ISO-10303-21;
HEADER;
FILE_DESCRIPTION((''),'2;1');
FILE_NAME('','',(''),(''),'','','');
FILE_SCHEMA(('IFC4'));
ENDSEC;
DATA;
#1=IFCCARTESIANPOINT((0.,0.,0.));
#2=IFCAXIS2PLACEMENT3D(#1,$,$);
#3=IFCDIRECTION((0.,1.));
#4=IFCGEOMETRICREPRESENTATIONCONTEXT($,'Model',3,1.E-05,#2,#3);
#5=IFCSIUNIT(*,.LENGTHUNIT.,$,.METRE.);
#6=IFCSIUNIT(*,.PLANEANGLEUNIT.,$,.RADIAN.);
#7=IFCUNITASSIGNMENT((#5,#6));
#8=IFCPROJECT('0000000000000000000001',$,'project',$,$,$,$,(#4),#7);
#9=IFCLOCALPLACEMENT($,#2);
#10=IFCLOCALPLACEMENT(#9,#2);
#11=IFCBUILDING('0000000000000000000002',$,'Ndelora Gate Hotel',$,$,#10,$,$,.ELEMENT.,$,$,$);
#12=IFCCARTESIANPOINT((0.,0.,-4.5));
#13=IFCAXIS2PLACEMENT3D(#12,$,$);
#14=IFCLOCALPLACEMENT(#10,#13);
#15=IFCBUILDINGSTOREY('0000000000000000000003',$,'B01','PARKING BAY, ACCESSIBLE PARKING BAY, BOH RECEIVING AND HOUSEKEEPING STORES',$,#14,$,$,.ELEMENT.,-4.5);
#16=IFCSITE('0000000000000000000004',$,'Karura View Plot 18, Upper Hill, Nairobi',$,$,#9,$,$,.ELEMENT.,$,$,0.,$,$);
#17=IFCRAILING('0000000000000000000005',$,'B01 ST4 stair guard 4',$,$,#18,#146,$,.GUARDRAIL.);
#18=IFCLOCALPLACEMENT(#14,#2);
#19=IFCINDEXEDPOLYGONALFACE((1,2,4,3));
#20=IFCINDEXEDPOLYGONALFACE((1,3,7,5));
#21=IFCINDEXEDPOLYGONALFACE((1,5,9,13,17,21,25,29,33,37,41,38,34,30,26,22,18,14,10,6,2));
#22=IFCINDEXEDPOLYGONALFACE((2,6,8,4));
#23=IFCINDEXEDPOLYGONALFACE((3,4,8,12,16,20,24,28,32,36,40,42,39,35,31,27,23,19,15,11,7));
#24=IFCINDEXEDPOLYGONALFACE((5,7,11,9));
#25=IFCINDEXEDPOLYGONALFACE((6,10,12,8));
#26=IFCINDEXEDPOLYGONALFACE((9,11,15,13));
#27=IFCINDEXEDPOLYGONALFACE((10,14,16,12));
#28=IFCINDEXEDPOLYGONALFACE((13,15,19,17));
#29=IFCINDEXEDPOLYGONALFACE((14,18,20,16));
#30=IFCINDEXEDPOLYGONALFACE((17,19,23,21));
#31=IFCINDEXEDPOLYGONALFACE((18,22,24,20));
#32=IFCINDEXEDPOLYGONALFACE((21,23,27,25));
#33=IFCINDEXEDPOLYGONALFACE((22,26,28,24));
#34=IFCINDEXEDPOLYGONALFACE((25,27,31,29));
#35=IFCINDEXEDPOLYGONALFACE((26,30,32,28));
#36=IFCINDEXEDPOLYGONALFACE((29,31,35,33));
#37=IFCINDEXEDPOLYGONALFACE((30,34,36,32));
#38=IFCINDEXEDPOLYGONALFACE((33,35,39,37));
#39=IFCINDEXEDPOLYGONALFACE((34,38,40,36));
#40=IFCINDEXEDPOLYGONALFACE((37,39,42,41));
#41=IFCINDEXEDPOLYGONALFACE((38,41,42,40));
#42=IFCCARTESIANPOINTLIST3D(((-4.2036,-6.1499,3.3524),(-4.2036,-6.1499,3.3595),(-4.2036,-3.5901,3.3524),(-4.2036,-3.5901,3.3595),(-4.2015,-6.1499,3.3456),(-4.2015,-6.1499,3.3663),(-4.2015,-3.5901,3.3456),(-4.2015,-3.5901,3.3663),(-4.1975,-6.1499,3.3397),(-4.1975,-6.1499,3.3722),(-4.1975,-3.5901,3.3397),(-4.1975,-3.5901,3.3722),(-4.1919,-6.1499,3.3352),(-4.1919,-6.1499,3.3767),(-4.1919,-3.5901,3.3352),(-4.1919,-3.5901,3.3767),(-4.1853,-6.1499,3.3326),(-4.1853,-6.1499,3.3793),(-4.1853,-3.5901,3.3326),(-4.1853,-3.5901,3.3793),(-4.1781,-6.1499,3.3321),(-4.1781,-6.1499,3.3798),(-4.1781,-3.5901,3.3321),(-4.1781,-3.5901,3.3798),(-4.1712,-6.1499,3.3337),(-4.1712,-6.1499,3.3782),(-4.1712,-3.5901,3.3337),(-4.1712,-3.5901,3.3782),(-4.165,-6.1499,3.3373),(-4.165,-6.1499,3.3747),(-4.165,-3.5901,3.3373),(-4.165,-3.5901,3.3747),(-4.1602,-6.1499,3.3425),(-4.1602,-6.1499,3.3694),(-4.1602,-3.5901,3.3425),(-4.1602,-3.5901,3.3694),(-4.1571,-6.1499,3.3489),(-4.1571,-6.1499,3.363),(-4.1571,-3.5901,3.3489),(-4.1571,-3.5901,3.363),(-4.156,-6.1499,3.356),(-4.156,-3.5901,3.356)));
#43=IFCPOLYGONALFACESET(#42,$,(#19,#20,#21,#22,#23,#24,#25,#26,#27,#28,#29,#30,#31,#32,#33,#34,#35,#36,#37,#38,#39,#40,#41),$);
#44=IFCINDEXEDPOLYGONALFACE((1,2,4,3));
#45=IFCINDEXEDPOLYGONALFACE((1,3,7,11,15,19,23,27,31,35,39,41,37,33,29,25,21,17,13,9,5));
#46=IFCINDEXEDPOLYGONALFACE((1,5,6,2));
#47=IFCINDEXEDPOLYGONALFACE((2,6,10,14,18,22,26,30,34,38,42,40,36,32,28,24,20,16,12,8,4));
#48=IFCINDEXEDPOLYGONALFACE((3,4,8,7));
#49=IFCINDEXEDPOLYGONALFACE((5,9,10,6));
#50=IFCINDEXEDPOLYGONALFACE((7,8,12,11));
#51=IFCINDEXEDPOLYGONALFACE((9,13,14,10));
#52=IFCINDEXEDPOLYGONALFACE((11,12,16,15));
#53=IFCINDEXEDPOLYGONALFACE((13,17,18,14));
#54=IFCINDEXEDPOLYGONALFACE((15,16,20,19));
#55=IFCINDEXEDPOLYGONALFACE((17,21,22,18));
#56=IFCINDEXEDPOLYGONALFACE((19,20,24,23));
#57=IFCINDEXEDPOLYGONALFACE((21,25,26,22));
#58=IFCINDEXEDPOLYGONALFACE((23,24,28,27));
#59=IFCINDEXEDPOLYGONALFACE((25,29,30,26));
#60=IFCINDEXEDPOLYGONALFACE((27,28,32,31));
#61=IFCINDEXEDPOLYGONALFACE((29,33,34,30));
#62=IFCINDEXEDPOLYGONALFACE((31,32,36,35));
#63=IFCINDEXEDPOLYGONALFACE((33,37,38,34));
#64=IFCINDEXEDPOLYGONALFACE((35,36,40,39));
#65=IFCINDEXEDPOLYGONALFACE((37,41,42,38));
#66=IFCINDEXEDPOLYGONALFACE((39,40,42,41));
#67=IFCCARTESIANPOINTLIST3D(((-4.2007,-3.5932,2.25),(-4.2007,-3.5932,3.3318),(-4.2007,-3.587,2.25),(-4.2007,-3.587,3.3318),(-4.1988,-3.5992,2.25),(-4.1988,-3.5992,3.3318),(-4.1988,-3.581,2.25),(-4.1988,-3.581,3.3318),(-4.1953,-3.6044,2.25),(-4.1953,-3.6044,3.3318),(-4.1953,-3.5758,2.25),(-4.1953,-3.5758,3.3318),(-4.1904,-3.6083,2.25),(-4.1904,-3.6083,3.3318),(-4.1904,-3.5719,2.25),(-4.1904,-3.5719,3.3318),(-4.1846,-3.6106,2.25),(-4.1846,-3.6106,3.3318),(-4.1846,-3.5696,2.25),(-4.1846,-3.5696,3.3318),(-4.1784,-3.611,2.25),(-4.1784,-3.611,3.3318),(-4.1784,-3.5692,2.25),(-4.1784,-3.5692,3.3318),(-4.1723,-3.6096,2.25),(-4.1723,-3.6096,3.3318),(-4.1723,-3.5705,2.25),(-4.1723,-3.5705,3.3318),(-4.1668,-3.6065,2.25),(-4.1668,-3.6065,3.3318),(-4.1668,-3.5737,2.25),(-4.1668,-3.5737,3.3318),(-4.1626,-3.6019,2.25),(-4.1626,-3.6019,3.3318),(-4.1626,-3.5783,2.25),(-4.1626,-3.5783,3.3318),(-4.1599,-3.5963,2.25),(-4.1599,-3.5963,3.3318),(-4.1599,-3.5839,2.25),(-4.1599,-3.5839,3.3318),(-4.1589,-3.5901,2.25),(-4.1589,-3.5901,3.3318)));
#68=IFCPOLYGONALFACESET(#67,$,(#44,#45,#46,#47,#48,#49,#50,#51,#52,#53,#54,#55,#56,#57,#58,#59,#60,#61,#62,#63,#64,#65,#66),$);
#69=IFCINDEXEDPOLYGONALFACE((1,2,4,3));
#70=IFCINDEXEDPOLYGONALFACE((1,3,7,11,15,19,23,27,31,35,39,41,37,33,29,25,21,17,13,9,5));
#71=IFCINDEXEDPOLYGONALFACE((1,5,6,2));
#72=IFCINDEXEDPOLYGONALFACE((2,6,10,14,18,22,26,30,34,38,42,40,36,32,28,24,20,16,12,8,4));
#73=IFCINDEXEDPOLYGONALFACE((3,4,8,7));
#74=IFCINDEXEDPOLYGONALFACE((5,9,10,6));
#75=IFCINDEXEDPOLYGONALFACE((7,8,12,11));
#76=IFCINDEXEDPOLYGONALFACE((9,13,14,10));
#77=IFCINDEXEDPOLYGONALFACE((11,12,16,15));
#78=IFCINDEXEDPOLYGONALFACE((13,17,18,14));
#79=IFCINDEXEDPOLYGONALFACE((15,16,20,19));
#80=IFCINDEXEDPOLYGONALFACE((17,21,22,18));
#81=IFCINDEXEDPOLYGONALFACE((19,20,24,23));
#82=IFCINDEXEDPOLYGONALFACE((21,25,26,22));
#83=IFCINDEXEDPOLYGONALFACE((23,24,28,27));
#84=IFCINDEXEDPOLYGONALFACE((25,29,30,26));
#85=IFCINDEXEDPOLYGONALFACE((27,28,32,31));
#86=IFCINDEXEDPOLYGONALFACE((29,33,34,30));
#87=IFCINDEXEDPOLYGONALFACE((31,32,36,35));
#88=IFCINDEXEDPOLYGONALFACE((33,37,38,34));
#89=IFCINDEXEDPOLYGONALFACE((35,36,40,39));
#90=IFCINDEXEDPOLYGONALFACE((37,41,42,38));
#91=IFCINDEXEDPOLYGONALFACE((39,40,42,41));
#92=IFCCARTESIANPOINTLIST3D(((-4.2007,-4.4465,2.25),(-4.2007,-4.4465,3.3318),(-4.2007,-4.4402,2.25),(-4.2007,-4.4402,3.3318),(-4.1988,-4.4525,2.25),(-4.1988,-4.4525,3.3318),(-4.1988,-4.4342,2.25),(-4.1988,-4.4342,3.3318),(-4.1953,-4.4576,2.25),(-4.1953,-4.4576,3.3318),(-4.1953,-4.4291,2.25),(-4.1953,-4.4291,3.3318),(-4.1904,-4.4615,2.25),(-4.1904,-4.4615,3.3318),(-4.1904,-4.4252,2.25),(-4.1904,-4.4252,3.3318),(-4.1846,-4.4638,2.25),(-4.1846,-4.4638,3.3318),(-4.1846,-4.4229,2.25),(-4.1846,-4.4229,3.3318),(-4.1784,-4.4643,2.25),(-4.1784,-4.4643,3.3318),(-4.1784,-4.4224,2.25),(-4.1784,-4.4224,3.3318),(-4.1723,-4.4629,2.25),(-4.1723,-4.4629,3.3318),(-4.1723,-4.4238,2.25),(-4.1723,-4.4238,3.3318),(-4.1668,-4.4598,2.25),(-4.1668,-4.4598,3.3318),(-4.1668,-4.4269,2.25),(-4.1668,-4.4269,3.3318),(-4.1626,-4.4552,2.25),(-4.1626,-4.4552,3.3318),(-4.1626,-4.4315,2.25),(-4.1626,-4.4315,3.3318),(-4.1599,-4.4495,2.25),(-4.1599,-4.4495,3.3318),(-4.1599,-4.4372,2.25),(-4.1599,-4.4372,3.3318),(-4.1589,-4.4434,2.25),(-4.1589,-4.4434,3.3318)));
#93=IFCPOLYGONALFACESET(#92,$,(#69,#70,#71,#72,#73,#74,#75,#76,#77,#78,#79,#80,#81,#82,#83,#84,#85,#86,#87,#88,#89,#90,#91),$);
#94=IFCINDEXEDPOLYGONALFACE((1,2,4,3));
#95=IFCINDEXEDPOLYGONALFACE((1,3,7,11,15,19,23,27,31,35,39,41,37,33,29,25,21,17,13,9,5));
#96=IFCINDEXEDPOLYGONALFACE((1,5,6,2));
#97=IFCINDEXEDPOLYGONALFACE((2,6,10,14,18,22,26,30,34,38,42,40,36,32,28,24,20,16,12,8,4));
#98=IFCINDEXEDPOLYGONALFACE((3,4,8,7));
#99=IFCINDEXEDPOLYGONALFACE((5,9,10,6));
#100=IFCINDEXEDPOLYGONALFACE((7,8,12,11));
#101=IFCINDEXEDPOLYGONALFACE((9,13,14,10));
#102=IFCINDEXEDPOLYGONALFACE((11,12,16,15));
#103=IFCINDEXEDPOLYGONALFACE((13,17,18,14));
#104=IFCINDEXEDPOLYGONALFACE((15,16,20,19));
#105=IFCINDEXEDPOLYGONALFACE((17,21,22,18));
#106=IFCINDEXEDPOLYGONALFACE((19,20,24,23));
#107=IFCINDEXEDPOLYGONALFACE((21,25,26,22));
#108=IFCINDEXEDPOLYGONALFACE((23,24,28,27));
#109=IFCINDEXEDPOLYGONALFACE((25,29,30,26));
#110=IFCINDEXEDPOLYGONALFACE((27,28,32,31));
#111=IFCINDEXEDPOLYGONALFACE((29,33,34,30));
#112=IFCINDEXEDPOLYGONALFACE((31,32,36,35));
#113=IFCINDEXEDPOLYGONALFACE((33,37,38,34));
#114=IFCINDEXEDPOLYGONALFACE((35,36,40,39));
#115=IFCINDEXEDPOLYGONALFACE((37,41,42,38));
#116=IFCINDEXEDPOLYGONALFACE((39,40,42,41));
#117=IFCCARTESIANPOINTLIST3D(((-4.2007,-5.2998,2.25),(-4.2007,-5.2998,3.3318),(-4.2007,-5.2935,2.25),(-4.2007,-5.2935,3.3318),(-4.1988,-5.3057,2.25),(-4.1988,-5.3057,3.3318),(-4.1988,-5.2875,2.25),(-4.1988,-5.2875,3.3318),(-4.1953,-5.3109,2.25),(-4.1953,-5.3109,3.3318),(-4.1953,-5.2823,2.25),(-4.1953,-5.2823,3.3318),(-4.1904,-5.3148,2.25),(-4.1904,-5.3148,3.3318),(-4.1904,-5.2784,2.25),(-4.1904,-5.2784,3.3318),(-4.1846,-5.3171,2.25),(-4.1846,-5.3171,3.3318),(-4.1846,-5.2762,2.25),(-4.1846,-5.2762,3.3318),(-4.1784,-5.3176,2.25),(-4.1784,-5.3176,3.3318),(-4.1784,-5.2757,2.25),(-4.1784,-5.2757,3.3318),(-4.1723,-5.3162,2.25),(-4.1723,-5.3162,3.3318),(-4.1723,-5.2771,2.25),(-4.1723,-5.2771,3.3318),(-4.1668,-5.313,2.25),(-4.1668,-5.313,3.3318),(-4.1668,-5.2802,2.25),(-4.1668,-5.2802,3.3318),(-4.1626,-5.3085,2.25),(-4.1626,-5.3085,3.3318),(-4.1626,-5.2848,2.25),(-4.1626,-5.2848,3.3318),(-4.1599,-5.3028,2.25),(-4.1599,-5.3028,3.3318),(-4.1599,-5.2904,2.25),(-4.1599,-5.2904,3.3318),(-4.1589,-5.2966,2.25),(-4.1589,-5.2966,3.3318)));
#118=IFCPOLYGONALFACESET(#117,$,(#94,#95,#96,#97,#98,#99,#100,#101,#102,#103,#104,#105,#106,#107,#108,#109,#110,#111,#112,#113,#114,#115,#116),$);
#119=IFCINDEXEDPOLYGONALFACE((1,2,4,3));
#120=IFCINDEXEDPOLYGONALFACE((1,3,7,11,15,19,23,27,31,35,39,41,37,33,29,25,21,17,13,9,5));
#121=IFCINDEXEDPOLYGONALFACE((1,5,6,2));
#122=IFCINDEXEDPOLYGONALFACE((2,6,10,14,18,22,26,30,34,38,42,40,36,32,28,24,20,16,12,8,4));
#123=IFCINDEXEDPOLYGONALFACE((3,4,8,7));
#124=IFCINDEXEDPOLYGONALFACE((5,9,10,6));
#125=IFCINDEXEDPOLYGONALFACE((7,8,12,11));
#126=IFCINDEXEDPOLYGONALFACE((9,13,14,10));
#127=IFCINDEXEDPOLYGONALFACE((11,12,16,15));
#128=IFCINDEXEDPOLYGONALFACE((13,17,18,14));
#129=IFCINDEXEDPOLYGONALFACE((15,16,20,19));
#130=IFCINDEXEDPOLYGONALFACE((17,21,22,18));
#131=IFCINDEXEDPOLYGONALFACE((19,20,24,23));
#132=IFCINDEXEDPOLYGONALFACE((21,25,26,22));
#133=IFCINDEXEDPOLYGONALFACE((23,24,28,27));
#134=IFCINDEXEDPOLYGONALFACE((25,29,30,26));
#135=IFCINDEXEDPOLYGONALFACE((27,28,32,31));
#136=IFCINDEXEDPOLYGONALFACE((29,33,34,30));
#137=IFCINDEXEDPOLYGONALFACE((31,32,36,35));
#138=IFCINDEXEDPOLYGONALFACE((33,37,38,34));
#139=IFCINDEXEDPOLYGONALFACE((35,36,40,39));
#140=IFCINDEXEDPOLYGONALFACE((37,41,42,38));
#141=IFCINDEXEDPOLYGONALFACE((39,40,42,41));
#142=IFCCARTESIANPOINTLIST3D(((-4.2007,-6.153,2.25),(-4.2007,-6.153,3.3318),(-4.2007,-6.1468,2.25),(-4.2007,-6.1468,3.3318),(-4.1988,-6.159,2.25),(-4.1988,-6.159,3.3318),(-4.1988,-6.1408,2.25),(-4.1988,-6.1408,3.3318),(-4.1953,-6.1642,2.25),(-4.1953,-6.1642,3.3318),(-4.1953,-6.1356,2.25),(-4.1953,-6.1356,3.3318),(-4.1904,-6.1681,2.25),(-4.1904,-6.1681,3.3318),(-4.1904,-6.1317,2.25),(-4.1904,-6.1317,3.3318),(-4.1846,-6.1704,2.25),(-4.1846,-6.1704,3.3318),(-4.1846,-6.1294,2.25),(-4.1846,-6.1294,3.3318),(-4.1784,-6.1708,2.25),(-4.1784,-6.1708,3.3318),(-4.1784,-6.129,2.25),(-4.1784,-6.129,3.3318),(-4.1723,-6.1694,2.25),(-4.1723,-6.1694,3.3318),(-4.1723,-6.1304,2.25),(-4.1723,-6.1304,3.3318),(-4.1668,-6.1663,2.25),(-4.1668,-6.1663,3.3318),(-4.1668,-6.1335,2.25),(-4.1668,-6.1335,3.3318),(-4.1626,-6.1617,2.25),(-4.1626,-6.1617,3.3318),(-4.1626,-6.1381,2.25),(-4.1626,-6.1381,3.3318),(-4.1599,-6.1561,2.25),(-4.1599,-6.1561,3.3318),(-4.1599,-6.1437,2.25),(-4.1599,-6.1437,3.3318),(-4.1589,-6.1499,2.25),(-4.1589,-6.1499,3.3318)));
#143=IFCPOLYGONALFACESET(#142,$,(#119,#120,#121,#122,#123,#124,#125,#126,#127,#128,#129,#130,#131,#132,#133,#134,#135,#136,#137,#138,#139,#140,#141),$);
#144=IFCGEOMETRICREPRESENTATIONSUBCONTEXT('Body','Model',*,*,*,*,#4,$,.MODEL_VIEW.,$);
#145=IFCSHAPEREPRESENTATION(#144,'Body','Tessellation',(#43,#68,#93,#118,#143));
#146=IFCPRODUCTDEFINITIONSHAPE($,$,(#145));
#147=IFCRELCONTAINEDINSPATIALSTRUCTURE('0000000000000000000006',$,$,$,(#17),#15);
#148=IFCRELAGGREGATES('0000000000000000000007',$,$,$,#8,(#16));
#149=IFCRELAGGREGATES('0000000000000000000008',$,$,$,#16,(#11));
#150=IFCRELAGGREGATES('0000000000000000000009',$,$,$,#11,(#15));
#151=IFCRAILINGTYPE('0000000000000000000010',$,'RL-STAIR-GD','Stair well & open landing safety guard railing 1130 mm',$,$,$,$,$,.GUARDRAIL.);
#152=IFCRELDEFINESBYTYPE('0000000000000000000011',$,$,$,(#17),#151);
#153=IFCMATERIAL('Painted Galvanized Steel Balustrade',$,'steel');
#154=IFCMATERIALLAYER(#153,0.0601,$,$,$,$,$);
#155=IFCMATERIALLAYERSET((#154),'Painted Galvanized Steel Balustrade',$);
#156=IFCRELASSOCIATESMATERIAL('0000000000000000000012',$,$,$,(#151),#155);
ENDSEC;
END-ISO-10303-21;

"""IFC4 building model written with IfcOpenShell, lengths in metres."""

from ifc_helpers import new_model, si_unit, direction, frame, origin, origin_2d, place, context, subcontext, project, spatial, circle, extrude, material, layer, layer_set, type_object, element, save


model = new_model("IFC4")

# Units and contexts
model_context = context("Model", 3, precision=1e-05, world=origin(), true_north=direction((0.0, 1.0)))
body_context = subcontext(model_context, "Body", "Model", "MODEL_VIEW")
ifc_project = project(units=[si_unit("LENGTHUNIT", "METRE"), si_unit("PLANEANGLEUNIT", "RADIAN")], contexts=[model_context])

# Site, building, storey
site_placement = place(None, origin())
site = spatial("IfcSite", under=ifc_project, at=site_placement, Name="Karura View Plot 18, Upper Hill, Nairobi", CompositionType="ELEMENT", RefElevation=0.0)
building_placement = place(site_placement, origin())
building = spatial("IfcBuilding", under=site, at=building_placement, Name="Ndelora Gate Hotel", CompositionType="ELEMENT")
storey_placement = place(building_placement, frame((0.0, 0.0, -4.5)))
storey = spatial("IfcBuildingStorey", under=building, at=storey_placement, Name="B01", Description="PARKING BAY, ACCESSIBLE PARKING BAY, BOH RECEIVING AND HOUSEKEEPING STORES", CompositionType="ELEMENT", Elevation=-4.5)

# Railing
ifc_material_1 = material(Name="Painted Galvanized Steel Balustrade", Category="steel")
ifc_layer_1 = layer(ifc_material_1, 0.0601)
ifc_layer_set_1 = layer_set([ifc_layer_1], Name="Painted Galvanized Steel Balustrade")
railing_type_1 = type_object("IfcRailingType", Name="RL-STAIR-GD", Description="Stair well & open landing safety guard railing 1130 mm", PredefinedType="GUARDRAIL", material=ifc_layer_set_1)
for number, where, name in (
    (1, (-4.1799, -3.5901, 2.25), "B01 ST4 stair guard 4"),
):
    element("IfcRailing", number, at=place(storey_placement, frame(where)), inside=storey, type_object=railing_type_1, Name=name, PredefinedType="GUARDRAIL", context=body_context, shape_type="SweptSolid", body=[
        extrude(circle(Radius=0.0239, at=origin_2d()), frame((0.0, 0.0, 1.106), z_axis=(0.0, -1.0, 0.0), x_axis=(1.0, 0.0, 0.0)), (0.0, 0.0, 1.0), 2.5598),
        extrude(circle(Radius=0.021, at=origin_2d()), origin(), (0.0, 0.0, 1.0), 1.0818),
        extrude(circle(Radius=0.021, at=origin_2d()), frame((0.0, -0.8533, 0.0)), (0.0, 0.0, 1.0), 1.0818),
        extrude(circle(Radius=0.021, at=origin_2d()), frame((0.0, -1.7065, 0.0)), (0.0, 0.0, 1.0), 1.0818),
        extrude(circle(Radius=0.021, at=origin_2d()), frame((0.0, -2.5598, 0.0)), (0.0, 0.0, 1.0), 1.0818),
    ])

save(model, "model.ifc")
